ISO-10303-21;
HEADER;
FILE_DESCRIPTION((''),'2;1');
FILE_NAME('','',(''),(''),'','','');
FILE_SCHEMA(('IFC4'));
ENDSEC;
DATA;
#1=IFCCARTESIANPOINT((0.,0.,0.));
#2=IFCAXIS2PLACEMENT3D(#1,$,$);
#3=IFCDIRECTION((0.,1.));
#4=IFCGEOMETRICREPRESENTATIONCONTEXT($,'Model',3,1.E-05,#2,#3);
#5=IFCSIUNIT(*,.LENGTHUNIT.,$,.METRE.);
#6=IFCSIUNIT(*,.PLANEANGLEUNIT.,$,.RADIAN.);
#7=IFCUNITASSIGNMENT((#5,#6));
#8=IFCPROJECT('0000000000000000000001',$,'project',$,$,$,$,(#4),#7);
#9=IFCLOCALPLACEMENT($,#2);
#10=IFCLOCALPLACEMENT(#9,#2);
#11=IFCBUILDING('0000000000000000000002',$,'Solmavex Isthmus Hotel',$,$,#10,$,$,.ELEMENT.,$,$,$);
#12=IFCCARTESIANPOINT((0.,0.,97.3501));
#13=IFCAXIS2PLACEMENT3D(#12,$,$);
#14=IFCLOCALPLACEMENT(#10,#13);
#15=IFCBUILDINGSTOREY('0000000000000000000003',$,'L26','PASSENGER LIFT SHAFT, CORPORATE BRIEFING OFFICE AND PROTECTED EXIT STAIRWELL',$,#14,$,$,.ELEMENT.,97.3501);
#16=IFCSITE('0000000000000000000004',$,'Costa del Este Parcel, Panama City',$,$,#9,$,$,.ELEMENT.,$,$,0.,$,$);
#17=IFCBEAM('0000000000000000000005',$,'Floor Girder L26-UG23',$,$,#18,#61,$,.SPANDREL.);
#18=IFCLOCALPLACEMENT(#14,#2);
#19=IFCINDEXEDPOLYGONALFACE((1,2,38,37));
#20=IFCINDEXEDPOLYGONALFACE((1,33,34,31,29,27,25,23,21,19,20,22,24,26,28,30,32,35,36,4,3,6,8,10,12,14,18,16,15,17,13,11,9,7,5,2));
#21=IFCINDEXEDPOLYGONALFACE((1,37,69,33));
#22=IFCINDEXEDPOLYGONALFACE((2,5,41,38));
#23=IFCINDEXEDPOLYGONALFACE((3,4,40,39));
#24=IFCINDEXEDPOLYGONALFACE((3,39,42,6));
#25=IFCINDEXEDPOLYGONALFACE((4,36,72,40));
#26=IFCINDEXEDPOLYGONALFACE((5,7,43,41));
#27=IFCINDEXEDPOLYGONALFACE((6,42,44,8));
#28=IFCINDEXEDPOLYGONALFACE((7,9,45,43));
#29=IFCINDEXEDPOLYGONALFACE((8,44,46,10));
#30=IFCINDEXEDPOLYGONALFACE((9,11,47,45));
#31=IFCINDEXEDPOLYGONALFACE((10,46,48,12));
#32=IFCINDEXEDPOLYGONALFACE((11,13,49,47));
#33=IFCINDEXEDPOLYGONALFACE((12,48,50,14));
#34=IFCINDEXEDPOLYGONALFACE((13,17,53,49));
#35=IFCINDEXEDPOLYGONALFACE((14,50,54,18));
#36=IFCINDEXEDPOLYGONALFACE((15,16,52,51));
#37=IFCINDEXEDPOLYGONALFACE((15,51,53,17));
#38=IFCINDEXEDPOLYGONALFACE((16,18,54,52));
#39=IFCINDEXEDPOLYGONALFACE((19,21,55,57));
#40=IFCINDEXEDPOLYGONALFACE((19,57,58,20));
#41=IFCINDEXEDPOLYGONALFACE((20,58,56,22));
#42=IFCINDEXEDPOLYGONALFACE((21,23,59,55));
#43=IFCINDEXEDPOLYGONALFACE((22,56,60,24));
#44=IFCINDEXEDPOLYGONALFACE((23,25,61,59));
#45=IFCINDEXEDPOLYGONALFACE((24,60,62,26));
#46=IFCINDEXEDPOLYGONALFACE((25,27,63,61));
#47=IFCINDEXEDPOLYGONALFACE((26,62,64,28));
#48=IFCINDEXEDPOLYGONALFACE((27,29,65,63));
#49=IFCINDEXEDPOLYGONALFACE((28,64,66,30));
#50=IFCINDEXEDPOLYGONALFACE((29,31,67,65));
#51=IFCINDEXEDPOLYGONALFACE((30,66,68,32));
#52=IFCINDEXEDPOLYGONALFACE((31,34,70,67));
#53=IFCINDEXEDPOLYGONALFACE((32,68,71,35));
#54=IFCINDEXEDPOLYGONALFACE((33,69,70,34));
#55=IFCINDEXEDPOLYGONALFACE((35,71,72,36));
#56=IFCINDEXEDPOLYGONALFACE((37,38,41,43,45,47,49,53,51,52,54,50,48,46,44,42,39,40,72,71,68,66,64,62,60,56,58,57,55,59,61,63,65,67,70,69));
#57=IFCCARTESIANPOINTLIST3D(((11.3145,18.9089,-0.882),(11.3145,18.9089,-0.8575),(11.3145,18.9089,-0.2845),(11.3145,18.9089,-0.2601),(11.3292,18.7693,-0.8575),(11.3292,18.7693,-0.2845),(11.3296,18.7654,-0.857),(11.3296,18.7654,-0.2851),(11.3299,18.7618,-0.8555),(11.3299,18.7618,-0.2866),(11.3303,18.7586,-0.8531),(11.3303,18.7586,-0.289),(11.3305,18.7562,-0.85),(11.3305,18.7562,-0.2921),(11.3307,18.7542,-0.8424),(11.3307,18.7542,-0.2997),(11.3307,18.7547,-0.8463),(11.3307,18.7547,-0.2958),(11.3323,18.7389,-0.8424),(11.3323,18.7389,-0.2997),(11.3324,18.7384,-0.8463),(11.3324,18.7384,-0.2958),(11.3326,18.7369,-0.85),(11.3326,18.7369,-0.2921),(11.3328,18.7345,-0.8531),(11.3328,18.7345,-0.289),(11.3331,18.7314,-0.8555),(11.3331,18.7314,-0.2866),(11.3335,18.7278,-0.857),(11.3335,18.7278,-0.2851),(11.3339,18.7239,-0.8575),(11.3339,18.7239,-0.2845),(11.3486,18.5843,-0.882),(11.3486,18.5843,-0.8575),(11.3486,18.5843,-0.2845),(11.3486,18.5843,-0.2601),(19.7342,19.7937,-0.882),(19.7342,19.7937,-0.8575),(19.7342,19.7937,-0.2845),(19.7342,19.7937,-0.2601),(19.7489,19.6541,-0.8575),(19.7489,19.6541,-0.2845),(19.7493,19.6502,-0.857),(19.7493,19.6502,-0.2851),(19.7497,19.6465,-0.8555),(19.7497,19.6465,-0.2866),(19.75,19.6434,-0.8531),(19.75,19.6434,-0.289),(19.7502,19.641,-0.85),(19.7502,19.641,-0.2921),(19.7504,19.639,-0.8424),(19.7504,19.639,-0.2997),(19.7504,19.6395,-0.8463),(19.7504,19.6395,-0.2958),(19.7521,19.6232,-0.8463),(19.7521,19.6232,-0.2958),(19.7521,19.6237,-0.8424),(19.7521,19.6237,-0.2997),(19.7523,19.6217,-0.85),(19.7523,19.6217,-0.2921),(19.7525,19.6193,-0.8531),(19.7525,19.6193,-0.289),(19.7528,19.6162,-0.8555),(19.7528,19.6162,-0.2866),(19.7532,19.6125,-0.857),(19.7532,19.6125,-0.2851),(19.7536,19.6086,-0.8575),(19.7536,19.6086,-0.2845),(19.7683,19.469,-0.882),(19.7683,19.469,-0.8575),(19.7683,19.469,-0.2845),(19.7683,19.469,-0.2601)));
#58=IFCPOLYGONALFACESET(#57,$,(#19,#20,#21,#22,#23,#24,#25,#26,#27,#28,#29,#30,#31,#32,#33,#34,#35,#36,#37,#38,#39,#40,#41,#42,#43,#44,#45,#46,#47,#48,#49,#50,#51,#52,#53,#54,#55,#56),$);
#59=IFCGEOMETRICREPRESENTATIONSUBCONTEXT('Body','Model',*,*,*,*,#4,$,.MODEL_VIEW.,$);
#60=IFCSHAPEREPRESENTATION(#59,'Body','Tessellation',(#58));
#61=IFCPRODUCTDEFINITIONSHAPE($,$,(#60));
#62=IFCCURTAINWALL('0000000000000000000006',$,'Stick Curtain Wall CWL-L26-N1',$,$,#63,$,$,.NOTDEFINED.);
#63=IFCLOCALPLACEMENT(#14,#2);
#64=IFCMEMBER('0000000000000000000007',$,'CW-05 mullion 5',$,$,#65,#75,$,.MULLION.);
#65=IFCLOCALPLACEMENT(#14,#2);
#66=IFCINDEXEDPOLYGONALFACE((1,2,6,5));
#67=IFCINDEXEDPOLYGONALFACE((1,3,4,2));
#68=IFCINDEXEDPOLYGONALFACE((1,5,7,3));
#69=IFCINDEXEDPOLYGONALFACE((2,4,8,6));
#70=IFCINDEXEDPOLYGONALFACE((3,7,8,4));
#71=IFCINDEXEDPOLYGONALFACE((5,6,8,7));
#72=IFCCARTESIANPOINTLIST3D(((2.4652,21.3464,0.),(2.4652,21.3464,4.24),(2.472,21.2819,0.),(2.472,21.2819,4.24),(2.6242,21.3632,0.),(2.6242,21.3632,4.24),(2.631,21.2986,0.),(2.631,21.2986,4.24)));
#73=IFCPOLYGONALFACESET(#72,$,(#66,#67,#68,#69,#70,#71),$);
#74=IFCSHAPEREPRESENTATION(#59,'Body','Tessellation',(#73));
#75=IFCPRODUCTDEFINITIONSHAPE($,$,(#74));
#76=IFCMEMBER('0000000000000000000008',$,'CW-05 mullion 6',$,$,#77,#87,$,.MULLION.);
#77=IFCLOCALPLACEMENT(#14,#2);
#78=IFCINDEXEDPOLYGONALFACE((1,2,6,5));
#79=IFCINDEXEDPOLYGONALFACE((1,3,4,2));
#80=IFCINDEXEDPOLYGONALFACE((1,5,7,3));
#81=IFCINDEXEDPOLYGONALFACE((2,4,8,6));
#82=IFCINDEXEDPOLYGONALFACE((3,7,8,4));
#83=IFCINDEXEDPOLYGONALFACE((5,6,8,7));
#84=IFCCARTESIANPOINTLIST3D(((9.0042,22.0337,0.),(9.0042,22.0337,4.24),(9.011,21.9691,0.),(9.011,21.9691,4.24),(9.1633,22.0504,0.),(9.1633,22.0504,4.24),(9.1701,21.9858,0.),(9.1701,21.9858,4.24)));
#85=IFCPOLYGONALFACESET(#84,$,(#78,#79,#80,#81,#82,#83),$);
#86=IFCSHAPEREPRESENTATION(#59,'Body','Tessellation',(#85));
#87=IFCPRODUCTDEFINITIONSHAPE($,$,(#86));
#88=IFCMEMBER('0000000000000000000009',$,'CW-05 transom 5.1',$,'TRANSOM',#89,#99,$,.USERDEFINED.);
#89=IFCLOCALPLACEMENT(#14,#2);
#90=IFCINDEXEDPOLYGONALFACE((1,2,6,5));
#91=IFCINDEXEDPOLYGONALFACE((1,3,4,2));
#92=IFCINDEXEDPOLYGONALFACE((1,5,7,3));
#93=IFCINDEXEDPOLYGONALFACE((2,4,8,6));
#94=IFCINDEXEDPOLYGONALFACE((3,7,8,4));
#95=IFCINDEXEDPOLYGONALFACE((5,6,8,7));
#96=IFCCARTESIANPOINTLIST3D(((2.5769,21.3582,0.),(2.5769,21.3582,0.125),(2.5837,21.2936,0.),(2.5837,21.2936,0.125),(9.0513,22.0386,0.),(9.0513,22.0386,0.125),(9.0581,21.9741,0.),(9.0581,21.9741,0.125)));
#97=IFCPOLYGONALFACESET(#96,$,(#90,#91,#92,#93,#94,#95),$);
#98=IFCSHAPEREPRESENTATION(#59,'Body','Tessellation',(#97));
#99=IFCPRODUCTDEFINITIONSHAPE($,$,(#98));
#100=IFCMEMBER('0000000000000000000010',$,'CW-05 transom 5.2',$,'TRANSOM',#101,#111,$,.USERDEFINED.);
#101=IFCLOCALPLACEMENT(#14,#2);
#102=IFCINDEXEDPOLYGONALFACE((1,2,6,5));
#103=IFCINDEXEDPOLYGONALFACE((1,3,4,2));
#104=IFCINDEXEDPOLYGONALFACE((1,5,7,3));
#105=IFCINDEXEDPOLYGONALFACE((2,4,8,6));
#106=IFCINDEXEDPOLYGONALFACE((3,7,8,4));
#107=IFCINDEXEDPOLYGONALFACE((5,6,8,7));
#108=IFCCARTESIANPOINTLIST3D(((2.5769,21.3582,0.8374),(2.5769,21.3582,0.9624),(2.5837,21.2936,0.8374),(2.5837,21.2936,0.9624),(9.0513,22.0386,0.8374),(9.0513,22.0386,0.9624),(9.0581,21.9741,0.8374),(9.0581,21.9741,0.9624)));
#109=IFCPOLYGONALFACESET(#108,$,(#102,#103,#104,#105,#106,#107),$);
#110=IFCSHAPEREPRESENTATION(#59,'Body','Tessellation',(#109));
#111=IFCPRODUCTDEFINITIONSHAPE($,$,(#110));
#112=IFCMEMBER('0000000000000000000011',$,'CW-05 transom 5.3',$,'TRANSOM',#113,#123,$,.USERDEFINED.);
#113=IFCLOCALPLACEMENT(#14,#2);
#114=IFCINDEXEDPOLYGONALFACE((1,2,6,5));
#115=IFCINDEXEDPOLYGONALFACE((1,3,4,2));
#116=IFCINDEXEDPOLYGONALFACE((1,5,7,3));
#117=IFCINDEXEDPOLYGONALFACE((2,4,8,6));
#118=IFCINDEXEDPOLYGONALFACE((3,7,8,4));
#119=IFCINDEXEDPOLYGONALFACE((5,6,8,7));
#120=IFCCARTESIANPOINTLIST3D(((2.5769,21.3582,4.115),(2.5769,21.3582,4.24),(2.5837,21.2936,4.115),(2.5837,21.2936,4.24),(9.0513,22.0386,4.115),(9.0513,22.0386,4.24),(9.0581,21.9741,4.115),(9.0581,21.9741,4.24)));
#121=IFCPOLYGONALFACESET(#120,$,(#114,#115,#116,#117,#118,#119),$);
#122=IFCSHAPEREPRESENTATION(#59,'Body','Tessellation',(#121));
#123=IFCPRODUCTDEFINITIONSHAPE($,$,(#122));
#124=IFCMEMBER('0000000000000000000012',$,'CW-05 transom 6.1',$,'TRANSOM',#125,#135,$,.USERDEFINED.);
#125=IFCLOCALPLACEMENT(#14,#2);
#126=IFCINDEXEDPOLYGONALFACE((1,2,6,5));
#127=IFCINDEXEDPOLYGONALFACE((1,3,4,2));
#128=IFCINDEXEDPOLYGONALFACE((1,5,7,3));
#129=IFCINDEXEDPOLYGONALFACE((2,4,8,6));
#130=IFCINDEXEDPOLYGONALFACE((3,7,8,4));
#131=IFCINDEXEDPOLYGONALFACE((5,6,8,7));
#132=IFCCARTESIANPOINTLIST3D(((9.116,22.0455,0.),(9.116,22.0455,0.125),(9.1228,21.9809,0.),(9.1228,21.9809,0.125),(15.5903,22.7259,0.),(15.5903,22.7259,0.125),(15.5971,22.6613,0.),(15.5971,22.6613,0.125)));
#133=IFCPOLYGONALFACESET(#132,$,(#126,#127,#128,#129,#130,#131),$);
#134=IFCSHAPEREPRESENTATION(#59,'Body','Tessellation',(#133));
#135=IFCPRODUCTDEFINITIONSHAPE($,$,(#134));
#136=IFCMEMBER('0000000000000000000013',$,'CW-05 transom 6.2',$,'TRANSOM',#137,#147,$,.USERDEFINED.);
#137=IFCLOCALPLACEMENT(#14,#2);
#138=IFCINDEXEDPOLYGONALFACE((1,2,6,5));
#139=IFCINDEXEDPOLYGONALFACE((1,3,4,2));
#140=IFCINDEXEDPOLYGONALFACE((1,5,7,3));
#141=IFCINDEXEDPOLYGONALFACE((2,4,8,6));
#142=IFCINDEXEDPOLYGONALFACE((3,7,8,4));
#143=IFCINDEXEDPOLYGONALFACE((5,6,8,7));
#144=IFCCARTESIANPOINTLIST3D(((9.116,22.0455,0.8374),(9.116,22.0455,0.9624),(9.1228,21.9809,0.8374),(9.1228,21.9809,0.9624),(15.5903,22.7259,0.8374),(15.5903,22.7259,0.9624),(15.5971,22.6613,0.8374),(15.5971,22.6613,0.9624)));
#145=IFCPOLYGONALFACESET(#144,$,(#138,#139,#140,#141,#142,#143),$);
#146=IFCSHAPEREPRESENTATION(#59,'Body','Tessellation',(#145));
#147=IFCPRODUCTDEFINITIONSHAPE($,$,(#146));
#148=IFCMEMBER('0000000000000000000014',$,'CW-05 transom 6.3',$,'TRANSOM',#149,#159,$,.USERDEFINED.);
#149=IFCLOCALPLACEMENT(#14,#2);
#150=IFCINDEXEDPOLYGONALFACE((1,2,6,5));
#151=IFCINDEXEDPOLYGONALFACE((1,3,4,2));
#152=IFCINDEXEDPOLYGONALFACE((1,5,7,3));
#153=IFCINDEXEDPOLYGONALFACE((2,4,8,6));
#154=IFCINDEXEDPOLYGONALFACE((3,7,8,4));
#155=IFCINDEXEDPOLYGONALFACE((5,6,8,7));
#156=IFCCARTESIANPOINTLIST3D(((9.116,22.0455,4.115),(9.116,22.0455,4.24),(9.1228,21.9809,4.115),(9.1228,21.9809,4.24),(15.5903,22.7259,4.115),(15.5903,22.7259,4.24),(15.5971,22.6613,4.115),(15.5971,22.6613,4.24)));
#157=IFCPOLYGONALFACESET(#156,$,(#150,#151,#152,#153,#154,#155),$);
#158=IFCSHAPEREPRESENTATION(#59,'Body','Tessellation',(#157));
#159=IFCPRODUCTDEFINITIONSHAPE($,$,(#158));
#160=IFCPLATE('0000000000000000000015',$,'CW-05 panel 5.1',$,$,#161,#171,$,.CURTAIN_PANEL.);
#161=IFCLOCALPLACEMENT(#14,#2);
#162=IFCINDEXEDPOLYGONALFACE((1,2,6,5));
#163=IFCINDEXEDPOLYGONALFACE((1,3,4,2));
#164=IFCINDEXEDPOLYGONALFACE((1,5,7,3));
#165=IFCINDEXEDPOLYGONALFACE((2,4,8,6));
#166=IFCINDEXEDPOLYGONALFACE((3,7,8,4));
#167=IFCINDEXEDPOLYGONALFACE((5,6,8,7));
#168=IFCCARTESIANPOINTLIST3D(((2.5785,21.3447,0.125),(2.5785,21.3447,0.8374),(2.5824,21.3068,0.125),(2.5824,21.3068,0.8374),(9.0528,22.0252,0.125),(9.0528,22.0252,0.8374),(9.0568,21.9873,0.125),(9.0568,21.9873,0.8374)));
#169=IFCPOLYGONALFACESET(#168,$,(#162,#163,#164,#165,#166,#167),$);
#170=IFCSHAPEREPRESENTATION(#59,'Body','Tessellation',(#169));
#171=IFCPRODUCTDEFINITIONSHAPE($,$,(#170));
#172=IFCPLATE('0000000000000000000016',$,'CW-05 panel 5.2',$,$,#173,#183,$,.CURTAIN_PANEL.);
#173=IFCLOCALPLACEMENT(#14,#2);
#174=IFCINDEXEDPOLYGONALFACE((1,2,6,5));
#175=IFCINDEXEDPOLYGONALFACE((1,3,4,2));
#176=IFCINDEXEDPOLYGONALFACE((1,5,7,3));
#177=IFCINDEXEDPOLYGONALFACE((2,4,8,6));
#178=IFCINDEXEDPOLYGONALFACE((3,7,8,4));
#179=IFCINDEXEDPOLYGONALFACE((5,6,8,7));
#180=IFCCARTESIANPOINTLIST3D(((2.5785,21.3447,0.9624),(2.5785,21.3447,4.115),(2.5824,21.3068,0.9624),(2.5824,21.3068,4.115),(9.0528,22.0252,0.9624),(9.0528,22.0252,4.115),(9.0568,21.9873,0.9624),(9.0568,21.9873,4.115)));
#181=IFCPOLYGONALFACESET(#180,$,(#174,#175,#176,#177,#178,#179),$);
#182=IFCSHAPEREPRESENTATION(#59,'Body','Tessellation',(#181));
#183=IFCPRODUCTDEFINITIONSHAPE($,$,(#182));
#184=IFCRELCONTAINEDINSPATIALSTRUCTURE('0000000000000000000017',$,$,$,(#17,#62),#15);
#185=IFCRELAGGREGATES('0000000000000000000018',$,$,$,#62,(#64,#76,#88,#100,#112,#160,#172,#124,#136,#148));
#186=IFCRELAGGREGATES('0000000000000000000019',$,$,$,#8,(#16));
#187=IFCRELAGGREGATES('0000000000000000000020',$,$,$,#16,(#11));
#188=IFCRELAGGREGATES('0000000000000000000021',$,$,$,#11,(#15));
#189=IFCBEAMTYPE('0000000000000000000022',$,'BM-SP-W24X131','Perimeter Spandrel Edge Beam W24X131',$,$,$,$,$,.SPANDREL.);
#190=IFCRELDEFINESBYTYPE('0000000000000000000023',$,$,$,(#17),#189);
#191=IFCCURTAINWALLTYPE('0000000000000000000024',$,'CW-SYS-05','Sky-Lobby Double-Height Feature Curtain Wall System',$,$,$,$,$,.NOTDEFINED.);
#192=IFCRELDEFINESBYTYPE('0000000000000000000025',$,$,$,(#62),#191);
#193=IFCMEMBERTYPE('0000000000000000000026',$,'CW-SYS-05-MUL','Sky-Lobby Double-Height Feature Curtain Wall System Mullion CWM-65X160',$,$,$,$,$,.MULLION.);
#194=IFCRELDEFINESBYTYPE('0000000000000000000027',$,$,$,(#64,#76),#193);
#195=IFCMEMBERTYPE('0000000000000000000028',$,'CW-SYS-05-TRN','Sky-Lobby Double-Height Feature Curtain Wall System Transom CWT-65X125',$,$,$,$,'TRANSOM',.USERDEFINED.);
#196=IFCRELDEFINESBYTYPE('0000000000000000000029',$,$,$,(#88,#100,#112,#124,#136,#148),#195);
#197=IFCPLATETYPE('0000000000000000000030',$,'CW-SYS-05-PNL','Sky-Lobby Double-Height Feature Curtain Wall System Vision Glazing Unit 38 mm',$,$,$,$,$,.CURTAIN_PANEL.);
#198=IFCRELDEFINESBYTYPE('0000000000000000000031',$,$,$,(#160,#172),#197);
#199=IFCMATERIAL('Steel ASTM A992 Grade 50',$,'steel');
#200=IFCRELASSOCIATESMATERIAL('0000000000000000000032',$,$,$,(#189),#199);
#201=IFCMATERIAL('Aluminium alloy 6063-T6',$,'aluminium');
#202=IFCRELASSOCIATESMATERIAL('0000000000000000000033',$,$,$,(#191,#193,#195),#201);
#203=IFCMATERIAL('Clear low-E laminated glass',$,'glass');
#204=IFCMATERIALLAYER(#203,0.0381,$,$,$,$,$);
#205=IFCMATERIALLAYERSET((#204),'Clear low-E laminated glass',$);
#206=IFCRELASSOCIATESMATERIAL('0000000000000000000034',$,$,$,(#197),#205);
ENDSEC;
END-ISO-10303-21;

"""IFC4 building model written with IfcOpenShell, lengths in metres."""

from ifc_helpers import new_model, si_unit, direction, frame, origin, origin_2d, place, context, subcontext, project, spatial, rectangle, i_section, extrude, material, layer, layer_set, material_profile, profile_set, type_object, element, aggregate, save


model = new_model("IFC4")

# Units and contexts
model_context = context("Model", 3, precision=1e-05, world=origin(), true_north=direction((0.0, 1.0)))
body_context = subcontext(model_context, "Body", "Model", "MODEL_VIEW")
ifc_project = project(units=[si_unit("LENGTHUNIT", "METRE"), si_unit("PLANEANGLEUNIT", "RADIAN")], contexts=[model_context])

# Site, building, storey
site_placement = place(None, origin())
site = spatial("IfcSite", under=ifc_project, at=site_placement, Name="Costa del Este Parcel, Panama City", CompositionType="ELEMENT", RefElevation=0.0)
building_placement = place(site_placement, origin())
building = spatial("IfcBuilding", under=site, at=building_placement, Name="Solmavex Isthmus Hotel", CompositionType="ELEMENT")
storey_placement = place(building_placement, frame((0.0, 0.0, 97.3501)))
storey = spatial("IfcBuildingStorey", under=building, at=storey_placement, Name="L26", Description="PASSENGER LIFT SHAFT, CORPORATE BRIEFING OFFICE AND PROTECTED EXIT STAIRWELL", CompositionType="ELEMENT", Elevation=97.3501)

# Beam
ifc_material_1 = material(Name="Steel ASTM A992 Grade 50", Category="steel")
ifc_material_profile_1 = material_profile(ifc_material_1, i_section(OverallWidth=0.3264, OverallDepth=0.6218, WebThickness=0.0154, FlangeThickness=0.0244, FilletRadius=0.0151, at=origin_2d()), Name="W24X131")
ifc_profile_set_1 = profile_set([ifc_material_profile_1], Name="Steel ASTM A992 Grade 50")
beam_type_1 = type_object("IfcBeamType", Name="BM-SP-W24X131", Description="Perimeter Spandrel Edge Beam W24X131", PredefinedType="SPANDREL", material=ifc_profile_set_1)
for number, where, z_axis, x_axis, name in (
    (1, (11.3315, 18.7466, -0.571), (0.994524, 0.104508, 0.0), (-0.104508, 0.994524, 0.0), "Floor Girder L26-UG23"),
):
    element("IfcBeam", number, at=place(storey_placement, frame(where, z_axis=z_axis, x_axis=x_axis)), inside=storey, type_object=beam_type_1, Name=name, PredefinedType="SPANDREL", context=body_context, shape_type="SweptSolid", body=[
        extrude(i_section(OverallWidth=0.3264, OverallDepth=0.6218, WebThickness=0.0154, FlangeThickness=0.0244, FilletRadius=0.0151, at=origin_2d()), origin(), (0.0, 0.0, 1.0), 8.4661),
    ])

# Curtain wall, members, plates
ifc_material_2 = material(Name="Aluminium alloy 6063-T6", Category="aluminium")
curtain_wall_type = type_object("IfcCurtainWallType", Name="CW-SYS-05", Description="Sky-Lobby Double-Height Feature Curtain Wall System", PredefinedType="NOTDEFINED", material=ifc_material_2)
curtain_wall_placement = place(storey_placement, origin())
curtain_wall = element("IfcCurtainWall", 2, at=curtain_wall_placement, inside=storey, type_object=curtain_wall_type, Name="Stick Curtain Wall CWL-L26-N1", PredefinedType="NOTDEFINED")
ifc_material_profile_2 = material_profile(ifc_material_2, rectangle(XDim=0.0649, YDim=0.1599, at=origin_2d()), Name="CWM-65X160")
ifc_profile_set_2 = profile_set([ifc_material_profile_2], Name="Aluminium alloy 6063-T6")
member_type_1 = type_object("IfcMemberType", Name="CW-SYS-05-MUL", Description="Sky-Lobby Double-Height Feature Curtain Wall System Mullion CWM-65X160", PredefinedType="MULLION", material=ifc_profile_set_2)
member_1_placement = place(storey_placement, frame((2.5481, 21.3225, 0.0), z_axis=(0.0, 0.0, 1.0), x_axis=(-0.104528, 0.994522, 0.0)))
member_1 = element("IfcMember", 3, at=member_1_placement, type_object=member_type_1, Name="CW-05 mullion 5", PredefinedType="MULLION", context=body_context, shape_type="SweptSolid", body=[
    extrude(rectangle(XDim=0.0649, YDim=0.1599, at=origin_2d()), origin(), (0.0, 0.0, 1.0), 4.24),
])
member_2_placement = place(storey_placement, frame((9.0872, 22.0098, 0.0), z_axis=(0.0, 0.0, 1.0), x_axis=(-0.104528, 0.994522, 0.0)))
member_2 = element("IfcMember", 4, at=member_2_placement, type_object=member_type_1, Name="CW-05 mullion 6", PredefinedType="MULLION", context=body_context, shape_type="SweptSolid", body=[
    extrude(rectangle(XDim=0.0649, YDim=0.1599, at=origin_2d()), origin(), (0.0, 0.0, 1.0), 4.24),
])
ifc_material_profile_3 = material_profile(ifc_material_2, rectangle(XDim=0.0649, YDim=0.125, at=origin_2d()), Name="CWT-65X125")
ifc_profile_set_3 = profile_set([ifc_material_profile_3], Name="Aluminium alloy 6063-T6")
member_type_2 = type_object("IfcMemberType", Name="CW-SYS-05-TRN", Description="Sky-Lobby Double-Height Feature Curtain Wall System Transom CWT-65X125", ElementType="TRANSOM", PredefinedType="USERDEFINED", material=ifc_profile_set_3)
member_3_placement = place(storey_placement, frame((2.5803, 21.3259, 0.0625), z_axis=(0.994523, 0.104519, 0.0), x_axis=(-0.104519, 0.994523, 0.0)))
member_3 = element("IfcMember", 5, at=member_3_placement, type_object=member_type_2, Name="CW-05 transom 5.1", ObjectType="TRANSOM", PredefinedType="USERDEFINED", context=body_context, shape_type="SweptSolid", body=[
    extrude(rectangle(XDim=0.0649, YDim=0.125, at=origin_2d()), origin(), (0.0, 0.0, 1.0), 6.51),
])
member_4_placement = place(storey_placement, frame((2.5803, 21.3259, 0.8999), z_axis=(0.994523, 0.104519, 0.0), x_axis=(-0.104519, 0.994523, 0.0)))
member_4 = element("IfcMember", 6, at=member_4_placement, type_object=member_type_2, Name="CW-05 transom 5.2", ObjectType="TRANSOM", PredefinedType="USERDEFINED", context=body_context, shape_type="SweptSolid", body=[
    extrude(rectangle(XDim=0.0649, YDim=0.125, at=origin_2d()), origin(), (0.0, 0.0, 1.0), 6.51),
])
member_5_placement = place(storey_placement, frame((2.5803, 21.3259, 4.1775), z_axis=(0.994523, 0.104519, 0.0), x_axis=(-0.104519, 0.994523, 0.0)))
member_5 = element("IfcMember", 7, at=member_5_placement, type_object=member_type_2, Name="CW-05 transom 5.3", ObjectType="TRANSOM", PredefinedType="USERDEFINED", context=body_context, shape_type="SweptSolid", body=[
    extrude(rectangle(XDim=0.0649, YDim=0.125, at=origin_2d()), origin(), (0.0, 0.0, 1.0), 6.51),
])
member_6_placement = place(storey_placement, frame((9.1194, 22.0132, 0.0625), z_axis=(0.994523, 0.104519, 0.0), x_axis=(-0.104519, 0.994523, 0.0)))
member_6 = element("IfcMember", 8, at=member_6_placement, type_object=member_type_2, Name="CW-05 transom 6.1", ObjectType="TRANSOM", PredefinedType="USERDEFINED", context=body_context, shape_type="SweptSolid", body=[
    extrude(rectangle(XDim=0.0649, YDim=0.125, at=origin_2d()), origin(), (0.0, 0.0, 1.0), 6.51),
])
member_7_placement = place(storey_placement, frame((9.1194, 22.0132, 0.8999), z_axis=(0.994523, 0.104519, 0.0), x_axis=(-0.104519, 0.994523, 0.0)))
member_7 = element("IfcMember", 9, at=member_7_placement, type_object=member_type_2, Name="CW-05 transom 6.2", ObjectType="TRANSOM", PredefinedType="USERDEFINED", context=body_context, shape_type="SweptSolid", body=[
    extrude(rectangle(XDim=0.0649, YDim=0.125, at=origin_2d()), origin(), (0.0, 0.0, 1.0), 6.51),
])
member_8_placement = place(storey_placement, frame((9.1194, 22.0132, 4.1775), z_axis=(0.994523, 0.104519, 0.0), x_axis=(-0.104519, 0.994523, 0.0)))
member_8 = element("IfcMember", 10, at=member_8_placement, type_object=member_type_2, Name="CW-05 transom 6.3", ObjectType="TRANSOM", PredefinedType="USERDEFINED", context=body_context, shape_type="SweptSolid", body=[
    extrude(rectangle(XDim=0.0649, YDim=0.125, at=origin_2d()), origin(), (0.0, 0.0, 1.0), 6.51),
])
ifc_material_3 = material(Name="Clear low-E laminated glass", Category="glass")
ifc_layer_1 = layer(ifc_material_3, 0.0381)
ifc_layer_set_1 = layer_set([ifc_layer_1], Name="Clear low-E laminated glass")
plate_type = type_object("IfcPlateType", Name="CW-SYS-05-PNL", Description="Sky-Lobby Double-Height Feature Curtain Wall System Vision Glazing Unit 38 mm", PredefinedType="CURTAIN_PANEL", material=ifc_layer_set_1)
plate_1_placement = place(storey_placement, frame((5.8176, 21.666, 0.125), z_axis=(0.0, 0.0, 1.0), x_axis=(0.994522, 0.104528, 0.0)))
plate_1 = element("IfcPlate", 11, at=plate_1_placement, type_object=plate_type, Name="CW-05 panel 5.1", PredefinedType="CURTAIN_PANEL", context=body_context, shape_type="SweptSolid", body=[
    extrude(rectangle(XDim=6.51, YDim=0.0381, at=origin_2d()), origin(), (0.0, 0.0, 1.0), 0.7124),
])
plate_2_placement = place(storey_placement, frame((5.8176, 21.666, 0.9624), z_axis=(0.0, 0.0, 1.0), x_axis=(0.994522, 0.104528, 0.0)))
plate_2 = element("IfcPlate", 12, at=plate_2_placement, type_object=plate_type, Name="CW-05 panel 5.2", PredefinedType="CURTAIN_PANEL", context=body_context, shape_type="SweptSolid", body=[
    extrude(rectangle(XDim=6.51, YDim=0.0381, at=origin_2d()), origin(), (0.0, 0.0, 1.0), 3.1526),
])
aggregate(curtain_wall, [member_1, member_2, member_3, member_4, member_5, plate_1, plate_2, member_6, member_7, member_8])

save(model, "model.ifc")
